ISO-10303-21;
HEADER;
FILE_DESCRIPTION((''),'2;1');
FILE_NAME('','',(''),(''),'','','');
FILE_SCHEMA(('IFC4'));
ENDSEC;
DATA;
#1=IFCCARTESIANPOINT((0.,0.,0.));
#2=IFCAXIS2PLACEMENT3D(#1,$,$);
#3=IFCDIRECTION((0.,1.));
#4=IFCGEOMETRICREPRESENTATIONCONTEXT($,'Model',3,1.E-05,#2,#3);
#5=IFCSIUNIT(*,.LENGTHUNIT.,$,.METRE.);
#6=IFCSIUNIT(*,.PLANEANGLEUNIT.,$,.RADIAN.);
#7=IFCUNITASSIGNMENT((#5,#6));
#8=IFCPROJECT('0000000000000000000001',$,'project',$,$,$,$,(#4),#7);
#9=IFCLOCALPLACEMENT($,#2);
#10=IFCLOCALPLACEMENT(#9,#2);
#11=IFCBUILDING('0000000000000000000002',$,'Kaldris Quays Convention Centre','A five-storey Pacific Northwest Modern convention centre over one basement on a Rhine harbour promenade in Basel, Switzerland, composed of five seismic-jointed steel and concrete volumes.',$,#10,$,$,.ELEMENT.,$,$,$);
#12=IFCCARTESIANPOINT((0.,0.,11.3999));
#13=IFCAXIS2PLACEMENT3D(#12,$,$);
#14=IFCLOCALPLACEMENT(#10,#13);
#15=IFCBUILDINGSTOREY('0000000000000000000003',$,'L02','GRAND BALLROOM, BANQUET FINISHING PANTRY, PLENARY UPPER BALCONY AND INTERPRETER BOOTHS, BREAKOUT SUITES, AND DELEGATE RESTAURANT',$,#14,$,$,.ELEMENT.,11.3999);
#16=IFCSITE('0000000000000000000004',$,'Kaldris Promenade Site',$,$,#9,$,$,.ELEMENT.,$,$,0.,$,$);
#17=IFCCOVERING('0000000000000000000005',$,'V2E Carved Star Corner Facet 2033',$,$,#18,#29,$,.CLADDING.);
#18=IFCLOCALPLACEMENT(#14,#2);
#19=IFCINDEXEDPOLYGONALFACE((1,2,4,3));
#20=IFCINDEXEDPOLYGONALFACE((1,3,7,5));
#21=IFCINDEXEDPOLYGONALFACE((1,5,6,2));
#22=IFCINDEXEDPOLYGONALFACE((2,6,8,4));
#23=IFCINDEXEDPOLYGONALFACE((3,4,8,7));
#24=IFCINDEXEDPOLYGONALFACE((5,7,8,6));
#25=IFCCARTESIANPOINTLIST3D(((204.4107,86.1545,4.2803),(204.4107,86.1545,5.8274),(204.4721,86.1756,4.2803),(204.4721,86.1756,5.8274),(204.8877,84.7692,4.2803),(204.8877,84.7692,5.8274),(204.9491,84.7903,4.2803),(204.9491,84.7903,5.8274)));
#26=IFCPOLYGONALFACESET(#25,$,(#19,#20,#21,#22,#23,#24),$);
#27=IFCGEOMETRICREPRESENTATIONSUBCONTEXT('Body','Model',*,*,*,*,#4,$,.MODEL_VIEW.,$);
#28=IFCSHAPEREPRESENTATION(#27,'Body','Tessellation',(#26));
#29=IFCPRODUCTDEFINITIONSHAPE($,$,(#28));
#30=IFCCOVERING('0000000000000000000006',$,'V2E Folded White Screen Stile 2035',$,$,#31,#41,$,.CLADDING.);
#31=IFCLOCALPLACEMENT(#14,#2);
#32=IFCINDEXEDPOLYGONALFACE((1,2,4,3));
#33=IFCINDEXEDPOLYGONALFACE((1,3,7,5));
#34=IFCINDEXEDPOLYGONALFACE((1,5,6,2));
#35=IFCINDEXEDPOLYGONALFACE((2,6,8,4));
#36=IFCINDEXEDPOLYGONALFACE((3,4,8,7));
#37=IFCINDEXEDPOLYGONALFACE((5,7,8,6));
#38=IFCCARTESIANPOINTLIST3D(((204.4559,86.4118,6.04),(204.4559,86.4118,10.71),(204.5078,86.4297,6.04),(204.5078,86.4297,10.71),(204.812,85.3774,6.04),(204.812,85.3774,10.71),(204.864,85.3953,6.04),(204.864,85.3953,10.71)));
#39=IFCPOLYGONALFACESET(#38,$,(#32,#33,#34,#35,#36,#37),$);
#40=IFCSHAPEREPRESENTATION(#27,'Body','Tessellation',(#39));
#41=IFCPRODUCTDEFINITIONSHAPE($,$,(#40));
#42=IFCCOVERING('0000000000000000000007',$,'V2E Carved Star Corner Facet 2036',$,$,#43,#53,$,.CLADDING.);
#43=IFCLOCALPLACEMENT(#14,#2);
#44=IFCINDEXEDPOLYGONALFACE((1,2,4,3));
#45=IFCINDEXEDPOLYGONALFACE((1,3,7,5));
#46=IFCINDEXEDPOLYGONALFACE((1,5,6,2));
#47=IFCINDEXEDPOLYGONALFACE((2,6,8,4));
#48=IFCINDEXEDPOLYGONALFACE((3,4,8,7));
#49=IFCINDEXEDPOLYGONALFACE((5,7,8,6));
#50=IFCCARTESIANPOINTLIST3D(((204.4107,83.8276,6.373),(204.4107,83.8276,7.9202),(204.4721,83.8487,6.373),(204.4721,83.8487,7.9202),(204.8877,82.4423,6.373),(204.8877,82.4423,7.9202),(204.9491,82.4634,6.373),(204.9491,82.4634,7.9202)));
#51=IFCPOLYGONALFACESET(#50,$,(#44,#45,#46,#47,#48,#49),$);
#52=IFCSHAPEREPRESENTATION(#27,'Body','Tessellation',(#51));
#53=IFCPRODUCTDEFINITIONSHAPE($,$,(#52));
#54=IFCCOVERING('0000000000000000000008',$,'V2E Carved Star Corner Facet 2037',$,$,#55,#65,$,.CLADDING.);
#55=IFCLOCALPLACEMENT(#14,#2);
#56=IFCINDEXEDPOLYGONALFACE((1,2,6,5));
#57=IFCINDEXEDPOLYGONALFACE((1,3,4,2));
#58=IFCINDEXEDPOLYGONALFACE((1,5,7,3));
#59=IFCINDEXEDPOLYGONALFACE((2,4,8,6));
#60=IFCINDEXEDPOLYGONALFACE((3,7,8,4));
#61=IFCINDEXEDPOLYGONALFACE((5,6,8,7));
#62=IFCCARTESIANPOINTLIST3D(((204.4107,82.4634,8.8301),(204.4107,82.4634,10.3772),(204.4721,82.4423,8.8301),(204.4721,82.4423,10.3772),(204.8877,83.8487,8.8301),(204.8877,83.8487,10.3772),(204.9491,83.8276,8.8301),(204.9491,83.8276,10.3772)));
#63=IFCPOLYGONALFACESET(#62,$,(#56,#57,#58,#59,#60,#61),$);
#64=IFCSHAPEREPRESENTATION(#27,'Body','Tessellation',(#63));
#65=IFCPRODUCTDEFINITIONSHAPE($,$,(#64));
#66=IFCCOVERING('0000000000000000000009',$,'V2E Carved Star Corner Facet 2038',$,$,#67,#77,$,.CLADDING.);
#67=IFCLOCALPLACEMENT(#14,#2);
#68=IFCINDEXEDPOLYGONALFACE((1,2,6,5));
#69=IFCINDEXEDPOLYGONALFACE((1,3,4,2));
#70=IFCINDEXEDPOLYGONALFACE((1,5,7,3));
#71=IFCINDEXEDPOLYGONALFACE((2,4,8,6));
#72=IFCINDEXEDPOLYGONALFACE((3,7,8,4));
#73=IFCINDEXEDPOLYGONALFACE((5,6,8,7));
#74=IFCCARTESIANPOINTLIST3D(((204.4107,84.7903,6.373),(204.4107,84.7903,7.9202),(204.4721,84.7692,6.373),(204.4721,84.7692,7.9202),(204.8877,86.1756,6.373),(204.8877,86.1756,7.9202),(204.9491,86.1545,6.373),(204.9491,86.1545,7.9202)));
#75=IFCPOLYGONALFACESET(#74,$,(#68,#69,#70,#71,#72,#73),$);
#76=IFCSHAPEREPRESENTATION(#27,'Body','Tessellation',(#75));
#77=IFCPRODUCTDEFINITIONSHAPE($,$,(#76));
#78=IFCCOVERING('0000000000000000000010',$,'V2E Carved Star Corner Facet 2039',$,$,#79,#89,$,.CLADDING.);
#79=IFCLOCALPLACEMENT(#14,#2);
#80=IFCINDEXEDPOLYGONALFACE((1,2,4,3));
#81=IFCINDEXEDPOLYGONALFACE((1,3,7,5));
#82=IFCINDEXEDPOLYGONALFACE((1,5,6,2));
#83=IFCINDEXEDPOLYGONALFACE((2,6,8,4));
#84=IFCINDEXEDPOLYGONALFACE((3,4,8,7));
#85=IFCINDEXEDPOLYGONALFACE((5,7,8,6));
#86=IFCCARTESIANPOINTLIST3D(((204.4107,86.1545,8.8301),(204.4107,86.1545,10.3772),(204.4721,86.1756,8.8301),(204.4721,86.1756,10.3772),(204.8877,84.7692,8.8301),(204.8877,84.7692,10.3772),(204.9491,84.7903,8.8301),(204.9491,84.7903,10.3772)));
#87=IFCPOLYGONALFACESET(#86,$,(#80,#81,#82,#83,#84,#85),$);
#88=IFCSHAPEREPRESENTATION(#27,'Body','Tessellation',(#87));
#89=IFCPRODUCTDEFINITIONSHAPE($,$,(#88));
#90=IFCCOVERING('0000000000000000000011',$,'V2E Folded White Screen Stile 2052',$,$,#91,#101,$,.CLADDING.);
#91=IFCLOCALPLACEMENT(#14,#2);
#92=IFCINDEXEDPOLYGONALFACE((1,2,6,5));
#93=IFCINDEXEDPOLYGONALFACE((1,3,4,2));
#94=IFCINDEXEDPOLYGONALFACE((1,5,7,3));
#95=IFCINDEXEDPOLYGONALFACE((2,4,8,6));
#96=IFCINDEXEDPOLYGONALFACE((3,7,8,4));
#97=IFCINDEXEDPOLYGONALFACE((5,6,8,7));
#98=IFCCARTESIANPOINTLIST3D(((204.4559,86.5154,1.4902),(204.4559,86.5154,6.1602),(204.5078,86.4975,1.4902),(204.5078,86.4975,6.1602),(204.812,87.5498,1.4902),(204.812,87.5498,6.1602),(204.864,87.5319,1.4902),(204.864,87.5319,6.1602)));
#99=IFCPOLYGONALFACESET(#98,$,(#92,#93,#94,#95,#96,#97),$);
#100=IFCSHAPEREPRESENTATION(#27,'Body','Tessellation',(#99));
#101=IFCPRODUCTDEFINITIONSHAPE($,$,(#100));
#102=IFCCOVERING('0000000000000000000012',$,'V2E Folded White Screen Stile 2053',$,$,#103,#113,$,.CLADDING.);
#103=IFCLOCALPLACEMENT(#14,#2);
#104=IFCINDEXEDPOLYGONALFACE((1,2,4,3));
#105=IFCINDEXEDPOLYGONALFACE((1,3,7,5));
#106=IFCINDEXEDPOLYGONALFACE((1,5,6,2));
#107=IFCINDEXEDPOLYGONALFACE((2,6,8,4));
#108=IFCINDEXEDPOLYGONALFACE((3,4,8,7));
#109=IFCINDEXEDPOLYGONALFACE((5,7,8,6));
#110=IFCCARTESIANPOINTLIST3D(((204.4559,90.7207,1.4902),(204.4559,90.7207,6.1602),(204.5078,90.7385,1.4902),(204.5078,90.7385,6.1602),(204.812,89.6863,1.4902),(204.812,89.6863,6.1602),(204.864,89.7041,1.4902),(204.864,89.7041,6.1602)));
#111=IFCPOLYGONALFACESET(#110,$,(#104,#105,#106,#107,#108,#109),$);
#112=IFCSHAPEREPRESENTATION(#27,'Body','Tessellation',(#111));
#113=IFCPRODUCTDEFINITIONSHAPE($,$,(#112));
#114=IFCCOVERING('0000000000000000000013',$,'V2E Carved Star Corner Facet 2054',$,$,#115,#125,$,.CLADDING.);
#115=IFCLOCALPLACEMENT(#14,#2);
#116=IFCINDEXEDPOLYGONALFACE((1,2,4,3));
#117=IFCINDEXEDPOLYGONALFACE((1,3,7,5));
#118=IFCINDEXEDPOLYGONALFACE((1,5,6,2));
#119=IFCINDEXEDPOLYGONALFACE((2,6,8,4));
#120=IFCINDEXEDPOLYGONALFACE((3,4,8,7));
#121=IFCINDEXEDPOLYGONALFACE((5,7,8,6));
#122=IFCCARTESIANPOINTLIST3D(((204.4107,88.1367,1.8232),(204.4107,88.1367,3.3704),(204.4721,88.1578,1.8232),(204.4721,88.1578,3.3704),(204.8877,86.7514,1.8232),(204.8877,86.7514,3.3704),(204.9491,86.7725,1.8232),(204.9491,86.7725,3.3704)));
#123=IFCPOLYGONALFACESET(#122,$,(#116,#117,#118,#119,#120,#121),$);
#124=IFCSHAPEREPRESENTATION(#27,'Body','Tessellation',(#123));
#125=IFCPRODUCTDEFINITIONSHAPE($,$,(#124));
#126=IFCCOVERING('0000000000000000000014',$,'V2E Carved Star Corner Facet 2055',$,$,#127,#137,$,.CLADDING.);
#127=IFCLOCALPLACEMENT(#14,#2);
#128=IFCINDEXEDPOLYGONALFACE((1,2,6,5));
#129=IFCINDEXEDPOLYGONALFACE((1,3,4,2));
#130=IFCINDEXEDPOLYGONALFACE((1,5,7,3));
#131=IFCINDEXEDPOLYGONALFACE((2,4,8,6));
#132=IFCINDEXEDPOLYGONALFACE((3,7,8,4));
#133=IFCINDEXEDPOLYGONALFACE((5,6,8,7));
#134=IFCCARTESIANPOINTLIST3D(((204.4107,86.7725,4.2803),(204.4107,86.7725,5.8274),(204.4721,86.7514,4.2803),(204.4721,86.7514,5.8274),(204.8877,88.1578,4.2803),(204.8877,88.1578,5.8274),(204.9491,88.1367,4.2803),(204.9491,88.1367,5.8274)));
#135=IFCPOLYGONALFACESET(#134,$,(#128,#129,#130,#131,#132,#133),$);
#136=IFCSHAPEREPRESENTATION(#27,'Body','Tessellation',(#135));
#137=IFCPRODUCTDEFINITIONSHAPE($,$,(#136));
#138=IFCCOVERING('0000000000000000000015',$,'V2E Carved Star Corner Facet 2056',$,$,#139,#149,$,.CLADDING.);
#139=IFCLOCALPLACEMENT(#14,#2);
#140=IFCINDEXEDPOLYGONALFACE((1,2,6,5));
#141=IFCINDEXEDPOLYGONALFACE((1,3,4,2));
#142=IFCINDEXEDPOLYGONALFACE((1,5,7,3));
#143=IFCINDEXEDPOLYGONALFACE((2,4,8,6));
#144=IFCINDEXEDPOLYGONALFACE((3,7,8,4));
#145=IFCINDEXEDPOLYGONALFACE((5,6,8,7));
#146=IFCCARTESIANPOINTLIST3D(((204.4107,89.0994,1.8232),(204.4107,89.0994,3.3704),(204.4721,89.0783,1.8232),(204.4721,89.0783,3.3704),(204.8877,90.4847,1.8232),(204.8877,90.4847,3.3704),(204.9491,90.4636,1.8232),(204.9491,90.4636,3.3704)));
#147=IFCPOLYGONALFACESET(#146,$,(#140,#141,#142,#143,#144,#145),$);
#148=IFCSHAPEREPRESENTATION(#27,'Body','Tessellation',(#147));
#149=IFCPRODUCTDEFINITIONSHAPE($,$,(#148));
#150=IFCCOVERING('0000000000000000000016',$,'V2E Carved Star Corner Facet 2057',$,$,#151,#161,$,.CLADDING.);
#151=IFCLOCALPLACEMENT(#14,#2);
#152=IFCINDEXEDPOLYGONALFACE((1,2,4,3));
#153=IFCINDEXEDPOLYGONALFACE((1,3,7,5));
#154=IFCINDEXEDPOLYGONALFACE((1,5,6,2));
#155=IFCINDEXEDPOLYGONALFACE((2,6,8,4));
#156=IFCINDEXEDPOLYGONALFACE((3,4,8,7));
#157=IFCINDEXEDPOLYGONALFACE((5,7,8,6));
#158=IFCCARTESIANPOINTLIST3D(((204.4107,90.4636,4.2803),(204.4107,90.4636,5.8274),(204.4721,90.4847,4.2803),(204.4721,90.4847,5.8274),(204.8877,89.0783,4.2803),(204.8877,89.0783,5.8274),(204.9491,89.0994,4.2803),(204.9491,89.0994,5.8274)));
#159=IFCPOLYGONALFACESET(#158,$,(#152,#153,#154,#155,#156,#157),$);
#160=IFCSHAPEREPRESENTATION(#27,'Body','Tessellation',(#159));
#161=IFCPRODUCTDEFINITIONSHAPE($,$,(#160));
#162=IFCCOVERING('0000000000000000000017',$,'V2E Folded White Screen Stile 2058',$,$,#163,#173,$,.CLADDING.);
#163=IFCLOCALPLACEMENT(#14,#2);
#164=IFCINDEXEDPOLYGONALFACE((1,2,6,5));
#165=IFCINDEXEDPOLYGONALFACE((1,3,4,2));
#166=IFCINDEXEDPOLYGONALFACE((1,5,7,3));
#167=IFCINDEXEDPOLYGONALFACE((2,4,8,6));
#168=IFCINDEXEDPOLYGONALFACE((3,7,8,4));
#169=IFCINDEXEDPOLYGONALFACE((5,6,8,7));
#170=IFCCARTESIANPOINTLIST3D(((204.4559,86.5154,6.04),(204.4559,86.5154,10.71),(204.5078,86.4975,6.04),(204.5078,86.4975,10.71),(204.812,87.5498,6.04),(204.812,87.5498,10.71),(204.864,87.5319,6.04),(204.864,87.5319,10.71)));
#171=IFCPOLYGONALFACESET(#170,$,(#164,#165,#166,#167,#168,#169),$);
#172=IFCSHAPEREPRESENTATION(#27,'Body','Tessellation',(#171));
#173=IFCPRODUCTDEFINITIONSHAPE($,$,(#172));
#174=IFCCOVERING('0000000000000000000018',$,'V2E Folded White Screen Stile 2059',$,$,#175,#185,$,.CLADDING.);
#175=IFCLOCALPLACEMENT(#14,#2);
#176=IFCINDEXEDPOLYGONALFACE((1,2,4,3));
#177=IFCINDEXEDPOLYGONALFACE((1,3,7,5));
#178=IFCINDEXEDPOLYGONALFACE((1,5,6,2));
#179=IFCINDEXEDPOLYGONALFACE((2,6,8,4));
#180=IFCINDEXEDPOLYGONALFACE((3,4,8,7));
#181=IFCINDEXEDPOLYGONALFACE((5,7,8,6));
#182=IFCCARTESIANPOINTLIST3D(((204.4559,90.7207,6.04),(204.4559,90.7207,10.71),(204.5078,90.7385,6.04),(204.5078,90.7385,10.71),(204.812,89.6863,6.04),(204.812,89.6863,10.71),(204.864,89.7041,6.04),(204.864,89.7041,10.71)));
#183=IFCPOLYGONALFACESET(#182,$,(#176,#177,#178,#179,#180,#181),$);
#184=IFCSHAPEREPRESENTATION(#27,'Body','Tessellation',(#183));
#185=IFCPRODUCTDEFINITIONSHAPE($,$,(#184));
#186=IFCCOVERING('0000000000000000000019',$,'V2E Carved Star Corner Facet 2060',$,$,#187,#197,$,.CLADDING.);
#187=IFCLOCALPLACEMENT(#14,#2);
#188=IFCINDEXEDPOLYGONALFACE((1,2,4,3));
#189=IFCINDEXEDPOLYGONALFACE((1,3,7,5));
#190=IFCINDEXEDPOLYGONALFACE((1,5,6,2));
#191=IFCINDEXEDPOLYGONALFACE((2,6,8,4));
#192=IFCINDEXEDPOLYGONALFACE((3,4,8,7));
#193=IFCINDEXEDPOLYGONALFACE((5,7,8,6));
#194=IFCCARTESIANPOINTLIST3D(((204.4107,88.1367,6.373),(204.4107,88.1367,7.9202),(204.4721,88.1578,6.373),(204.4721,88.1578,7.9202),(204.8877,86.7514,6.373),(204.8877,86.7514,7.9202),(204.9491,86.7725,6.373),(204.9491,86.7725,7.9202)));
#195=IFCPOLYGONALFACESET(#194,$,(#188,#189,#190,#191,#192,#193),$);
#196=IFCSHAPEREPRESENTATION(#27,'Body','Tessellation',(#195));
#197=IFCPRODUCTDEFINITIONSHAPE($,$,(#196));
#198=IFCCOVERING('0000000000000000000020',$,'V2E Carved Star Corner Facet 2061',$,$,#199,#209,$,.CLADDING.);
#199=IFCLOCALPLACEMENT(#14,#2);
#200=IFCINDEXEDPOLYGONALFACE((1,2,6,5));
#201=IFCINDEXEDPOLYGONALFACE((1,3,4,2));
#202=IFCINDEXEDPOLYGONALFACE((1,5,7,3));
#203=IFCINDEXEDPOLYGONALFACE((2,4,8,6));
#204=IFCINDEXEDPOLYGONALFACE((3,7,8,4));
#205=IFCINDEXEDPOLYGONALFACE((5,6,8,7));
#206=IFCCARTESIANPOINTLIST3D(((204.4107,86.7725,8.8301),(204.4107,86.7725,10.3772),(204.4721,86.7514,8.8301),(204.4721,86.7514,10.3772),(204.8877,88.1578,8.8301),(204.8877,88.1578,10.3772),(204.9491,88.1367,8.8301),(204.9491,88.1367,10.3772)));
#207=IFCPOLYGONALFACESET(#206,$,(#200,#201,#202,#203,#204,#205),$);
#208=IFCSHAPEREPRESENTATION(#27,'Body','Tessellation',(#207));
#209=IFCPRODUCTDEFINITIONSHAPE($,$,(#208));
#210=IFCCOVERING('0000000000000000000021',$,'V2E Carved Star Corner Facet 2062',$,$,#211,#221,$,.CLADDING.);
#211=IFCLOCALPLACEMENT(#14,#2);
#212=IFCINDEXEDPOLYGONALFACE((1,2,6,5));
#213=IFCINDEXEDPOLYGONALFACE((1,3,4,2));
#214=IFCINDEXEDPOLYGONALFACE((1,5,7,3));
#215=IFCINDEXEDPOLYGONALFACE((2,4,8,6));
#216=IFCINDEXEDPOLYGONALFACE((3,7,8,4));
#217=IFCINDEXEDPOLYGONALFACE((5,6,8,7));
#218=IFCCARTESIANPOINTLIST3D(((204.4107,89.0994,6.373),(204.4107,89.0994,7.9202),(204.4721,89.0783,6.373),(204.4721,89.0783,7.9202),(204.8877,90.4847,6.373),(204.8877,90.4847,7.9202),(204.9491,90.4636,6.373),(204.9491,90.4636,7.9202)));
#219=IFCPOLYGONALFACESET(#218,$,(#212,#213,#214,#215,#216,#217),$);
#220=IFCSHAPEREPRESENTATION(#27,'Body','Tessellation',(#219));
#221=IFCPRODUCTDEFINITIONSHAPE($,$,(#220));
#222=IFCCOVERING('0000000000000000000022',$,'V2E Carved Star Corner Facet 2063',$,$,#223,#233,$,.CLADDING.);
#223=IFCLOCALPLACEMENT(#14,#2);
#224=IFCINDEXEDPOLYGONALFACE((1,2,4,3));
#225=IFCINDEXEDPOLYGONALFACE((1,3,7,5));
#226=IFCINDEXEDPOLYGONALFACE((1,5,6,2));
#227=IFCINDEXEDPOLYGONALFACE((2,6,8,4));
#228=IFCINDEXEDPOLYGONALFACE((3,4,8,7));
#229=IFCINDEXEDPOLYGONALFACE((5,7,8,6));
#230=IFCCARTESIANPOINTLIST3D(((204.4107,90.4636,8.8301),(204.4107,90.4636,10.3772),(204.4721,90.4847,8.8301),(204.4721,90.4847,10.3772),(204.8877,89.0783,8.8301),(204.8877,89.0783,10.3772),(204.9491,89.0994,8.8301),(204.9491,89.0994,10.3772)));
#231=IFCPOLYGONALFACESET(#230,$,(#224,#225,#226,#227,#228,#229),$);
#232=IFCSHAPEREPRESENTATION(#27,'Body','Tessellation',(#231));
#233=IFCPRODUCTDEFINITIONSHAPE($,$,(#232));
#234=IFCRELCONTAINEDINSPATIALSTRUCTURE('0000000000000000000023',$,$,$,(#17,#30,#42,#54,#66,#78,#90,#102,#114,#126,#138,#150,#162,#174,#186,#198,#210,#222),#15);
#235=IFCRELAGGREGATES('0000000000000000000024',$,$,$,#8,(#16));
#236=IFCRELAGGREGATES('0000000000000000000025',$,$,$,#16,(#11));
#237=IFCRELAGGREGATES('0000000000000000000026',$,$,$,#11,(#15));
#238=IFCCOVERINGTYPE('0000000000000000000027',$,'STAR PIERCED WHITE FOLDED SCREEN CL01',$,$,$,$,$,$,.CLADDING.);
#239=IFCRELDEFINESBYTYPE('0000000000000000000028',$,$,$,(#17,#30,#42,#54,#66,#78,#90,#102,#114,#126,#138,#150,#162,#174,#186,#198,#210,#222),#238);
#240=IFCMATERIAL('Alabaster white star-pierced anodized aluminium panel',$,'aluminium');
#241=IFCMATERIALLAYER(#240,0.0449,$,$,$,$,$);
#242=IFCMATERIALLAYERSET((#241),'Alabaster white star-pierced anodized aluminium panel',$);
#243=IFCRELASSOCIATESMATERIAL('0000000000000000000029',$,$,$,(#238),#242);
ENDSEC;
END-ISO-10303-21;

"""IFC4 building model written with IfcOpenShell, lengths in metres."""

from ifc_helpers import new_model, si_unit, direction, frame, origin, origin_2d, place, context, subcontext, project, spatial, rectangle, extrude, material, layer, layer_set, type_object, element, save


model = new_model("IFC4")

# Units and contexts
model_context = context("Model", 3, precision=1e-05, world=origin(), true_north=direction((0.0, 1.0)))
body_context = subcontext(model_context, "Body", "Model", "MODEL_VIEW")
ifc_project = project(units=[si_unit("LENGTHUNIT", "METRE"), si_unit("PLANEANGLEUNIT", "RADIAN")], contexts=[model_context])

# Site, building, storey
site_placement = place(None, origin())
site = spatial("IfcSite", under=ifc_project, at=site_placement, Name="Kaldris Promenade Site", CompositionType="ELEMENT", RefElevation=0.0)
building_placement = place(site_placement, origin())
building = spatial("IfcBuilding", under=site, at=building_placement, Name="Kaldris Quays Convention Centre", Description="A five-storey Pacific Northwest Modern convention centre over one basement on a Rhine harbour promenade in Basel, Switzerland, composed of five seismic-jointed steel and concrete volumes.", CompositionType="ELEMENT")
storey_placement = place(building_placement, frame((0.0, 0.0, 11.3999)))
storey = spatial("IfcBuildingStorey", under=building, at=storey_placement, Name="L02", Description="GRAND BALLROOM, BANQUET FINISHING PANTRY, PLENARY UPPER BALCONY AND INTERPRETER BOOTHS, BREAKOUT SUITES, AND DELEGATE RESTAURANT", CompositionType="ELEMENT", Elevation=11.3999)

# Coverings
ifc_material_1 = material(Name="Alabaster white star-pierced anodized aluminium panel", Category="aluminium")
ifc_layer_1 = layer(ifc_material_1, 0.0449)
ifc_layer_set_1 = layer_set([ifc_layer_1], Name="Alabaster white star-pierced anodized aluminium panel")
covering_type = type_object("IfcCoveringType", Name="STAR PIERCED WHITE FOLDED SCREEN CL01", PredefinedType="CLADDING", material=ifc_layer_set_1)
for number, where, z_axis, x_axis, name in (
    (1, (204.6799, 85.4724, 4.2803), (0.0, 0.0, 1.0), (-0.325568, 0.945519, 0.0), "V2E Carved Star Corner Facet 2033"),
):
    element("IfcCovering", number, at=place(storey_placement, frame(where, z_axis=z_axis, x_axis=x_axis)), inside=storey, type_object=covering_type, Name=name, PredefinedType="CLADDING", context=body_context, shape_type="SweptSolid", body=[
        extrude(rectangle(XDim=1.4651, YDim=0.0649, at=origin_2d()), origin(), (0.0, 0.0, 1.0), 1.5471),
    ])
covering_1_placement = place(storey_placement, frame((204.6599, 85.9036, 6.04), z_axis=(0.0, 0.0, 1.0), x_axis=(-0.325568, 0.945519, 0.0)))
element("IfcCovering", 2, at=covering_1_placement, inside=storey, type_object=covering_type, Name="V2E Folded White Screen Stile 2035", PredefinedType="CLADDING", context=body_context, shape_type="SweptSolid", body=[
    extrude(rectangle(XDim=1.094, YDim=0.0549, at=origin_2d()), origin(), (0.0, 0.0, 1.0), 4.6699),
])
for number, where, z_axis, x_axis, name in (
    (3, (204.6799, 83.1455, 6.373), (0.0, 0.0, 1.0), (-0.325568, 0.945519, 0.0), "V2E Carved Star Corner Facet 2036"),
    (4, (204.6799, 83.1455, 8.8301), (0.0, 0.0, 1.0), (0.325568, 0.945519, 0.0), "V2E Carved Star Corner Facet 2037"),
    (5, (204.6799, 85.4724, 6.373), (0.0, 0.0, 1.0), (0.325568, 0.945519, 0.0), "V2E Carved Star Corner Facet 2038"),
    (6, (204.6799, 85.4724, 8.8301), (0.0, 0.0, 1.0), (-0.325568, 0.945519, 0.0), "V2E Carved Star Corner Facet 2039"),
):
    element("IfcCovering", number, at=place(storey_placement, frame(where, z_axis=z_axis, x_axis=x_axis)), inside=storey, type_object=covering_type, Name=name, PredefinedType="CLADDING", context=body_context, shape_type="SweptSolid", body=[
        extrude(rectangle(XDim=1.4651, YDim=0.0649, at=origin_2d()), origin(), (0.0, 0.0, 1.0), 1.5471),
    ])
for number, where, z_axis, x_axis, name in (
    (7, (204.6599, 87.0237, 1.4902), (0.0, 0.0, 1.0), (0.325568, 0.945519, 0.0), "V2E Folded White Screen Stile 2052"),
    (8, (204.6599, 90.2124, 1.4902), (0.0, 0.0, 1.0), (-0.325568, 0.945519, 0.0), "V2E Folded White Screen Stile 2053"),
):
    element("IfcCovering", number, at=place(storey_placement, frame(where, z_axis=z_axis, x_axis=x_axis)), inside=storey, type_object=covering_type, Name=name, PredefinedType="CLADDING", context=body_context, shape_type="SweptSolid", body=[
        extrude(rectangle(XDim=1.094, YDim=0.0549, at=origin_2d()), origin(), (0.0, 0.0, 1.0), 4.6699),
    ])
for number, where, z_axis, x_axis, name in (
    (9, (204.6799, 87.4546, 1.8232), (0.0, 0.0, 1.0), (-0.325568, 0.945519, 0.0), "V2E Carved Star Corner Facet 2054"),
    (10, (204.6799, 87.4546, 4.2803), (0.0, 0.0, 1.0), (0.325568, 0.945519, 0.0), "V2E Carved Star Corner Facet 2055"),
    (11, (204.6799, 89.7815, 1.8232), (0.0, 0.0, 1.0), (0.325568, 0.945519, 0.0), "V2E Carved Star Corner Facet 2056"),
    (12, (204.6799, 89.7815, 4.2803), (0.0, 0.0, 1.0), (-0.325568, 0.945519, 0.0), "V2E Carved Star Corner Facet 2057"),
):
    element("IfcCovering", number, at=place(storey_placement, frame(where, z_axis=z_axis, x_axis=x_axis)), inside=storey, type_object=covering_type, Name=name, PredefinedType="CLADDING", context=body_context, shape_type="SweptSolid", body=[
        extrude(rectangle(XDim=1.4651, YDim=0.0649, at=origin_2d()), origin(), (0.0, 0.0, 1.0), 1.5471),
    ])
for number, where, z_axis, x_axis, name in (
    (13, (204.6599, 87.0237, 6.04), (0.0, 0.0, 1.0), (0.325568, 0.945519, 0.0), "V2E Folded White Screen Stile 2058"),
    (14, (204.6599, 90.2124, 6.04), (0.0, 0.0, 1.0), (-0.325568, 0.945519, 0.0), "V2E Folded White Screen Stile 2059"),
):
    element("IfcCovering", number, at=place(storey_placement, frame(where, z_axis=z_axis, x_axis=x_axis)), inside=storey, type_object=covering_type, Name=name, PredefinedType="CLADDING", context=body_context, shape_type="SweptSolid", body=[
        extrude(rectangle(XDim=1.094, YDim=0.0549, at=origin_2d()), origin(), (0.0, 0.0, 1.0), 4.6699),
    ])
for number, where, z_axis, x_axis, name in (
    (15, (204.6799, 87.4546, 6.373), (0.0, 0.0, 1.0), (-0.325568, 0.945519, 0.0), "V2E Carved Star Corner Facet 2060"),
    (16, (204.6799, 87.4546, 8.8301), (0.0, 0.0, 1.0), (0.325568, 0.945519, 0.0), "V2E Carved Star Corner Facet 2061"),
    (17, (204.6799, 89.7815, 6.373), (0.0, 0.0, 1.0), (0.325568, 0.945519, 0.0), "V2E Carved Star Corner Facet 2062"),
    (18, (204.6799, 89.7815, 8.8301), (0.0, 0.0, 1.0), (-0.325568, 0.945519, 0.0), "V2E Carved Star Corner Facet 2063"),
):
    element("IfcCovering", number, at=place(storey_placement, frame(where, z_axis=z_axis, x_axis=x_axis)), inside=storey, type_object=covering_type, Name=name, PredefinedType="CLADDING", context=body_context, shape_type="SweptSolid", body=[
        extrude(rectangle(XDim=1.4651, YDim=0.0649, at=origin_2d()), origin(), (0.0, 0.0, 1.0), 1.5471),
    ])

save(model, "model.ifc")
